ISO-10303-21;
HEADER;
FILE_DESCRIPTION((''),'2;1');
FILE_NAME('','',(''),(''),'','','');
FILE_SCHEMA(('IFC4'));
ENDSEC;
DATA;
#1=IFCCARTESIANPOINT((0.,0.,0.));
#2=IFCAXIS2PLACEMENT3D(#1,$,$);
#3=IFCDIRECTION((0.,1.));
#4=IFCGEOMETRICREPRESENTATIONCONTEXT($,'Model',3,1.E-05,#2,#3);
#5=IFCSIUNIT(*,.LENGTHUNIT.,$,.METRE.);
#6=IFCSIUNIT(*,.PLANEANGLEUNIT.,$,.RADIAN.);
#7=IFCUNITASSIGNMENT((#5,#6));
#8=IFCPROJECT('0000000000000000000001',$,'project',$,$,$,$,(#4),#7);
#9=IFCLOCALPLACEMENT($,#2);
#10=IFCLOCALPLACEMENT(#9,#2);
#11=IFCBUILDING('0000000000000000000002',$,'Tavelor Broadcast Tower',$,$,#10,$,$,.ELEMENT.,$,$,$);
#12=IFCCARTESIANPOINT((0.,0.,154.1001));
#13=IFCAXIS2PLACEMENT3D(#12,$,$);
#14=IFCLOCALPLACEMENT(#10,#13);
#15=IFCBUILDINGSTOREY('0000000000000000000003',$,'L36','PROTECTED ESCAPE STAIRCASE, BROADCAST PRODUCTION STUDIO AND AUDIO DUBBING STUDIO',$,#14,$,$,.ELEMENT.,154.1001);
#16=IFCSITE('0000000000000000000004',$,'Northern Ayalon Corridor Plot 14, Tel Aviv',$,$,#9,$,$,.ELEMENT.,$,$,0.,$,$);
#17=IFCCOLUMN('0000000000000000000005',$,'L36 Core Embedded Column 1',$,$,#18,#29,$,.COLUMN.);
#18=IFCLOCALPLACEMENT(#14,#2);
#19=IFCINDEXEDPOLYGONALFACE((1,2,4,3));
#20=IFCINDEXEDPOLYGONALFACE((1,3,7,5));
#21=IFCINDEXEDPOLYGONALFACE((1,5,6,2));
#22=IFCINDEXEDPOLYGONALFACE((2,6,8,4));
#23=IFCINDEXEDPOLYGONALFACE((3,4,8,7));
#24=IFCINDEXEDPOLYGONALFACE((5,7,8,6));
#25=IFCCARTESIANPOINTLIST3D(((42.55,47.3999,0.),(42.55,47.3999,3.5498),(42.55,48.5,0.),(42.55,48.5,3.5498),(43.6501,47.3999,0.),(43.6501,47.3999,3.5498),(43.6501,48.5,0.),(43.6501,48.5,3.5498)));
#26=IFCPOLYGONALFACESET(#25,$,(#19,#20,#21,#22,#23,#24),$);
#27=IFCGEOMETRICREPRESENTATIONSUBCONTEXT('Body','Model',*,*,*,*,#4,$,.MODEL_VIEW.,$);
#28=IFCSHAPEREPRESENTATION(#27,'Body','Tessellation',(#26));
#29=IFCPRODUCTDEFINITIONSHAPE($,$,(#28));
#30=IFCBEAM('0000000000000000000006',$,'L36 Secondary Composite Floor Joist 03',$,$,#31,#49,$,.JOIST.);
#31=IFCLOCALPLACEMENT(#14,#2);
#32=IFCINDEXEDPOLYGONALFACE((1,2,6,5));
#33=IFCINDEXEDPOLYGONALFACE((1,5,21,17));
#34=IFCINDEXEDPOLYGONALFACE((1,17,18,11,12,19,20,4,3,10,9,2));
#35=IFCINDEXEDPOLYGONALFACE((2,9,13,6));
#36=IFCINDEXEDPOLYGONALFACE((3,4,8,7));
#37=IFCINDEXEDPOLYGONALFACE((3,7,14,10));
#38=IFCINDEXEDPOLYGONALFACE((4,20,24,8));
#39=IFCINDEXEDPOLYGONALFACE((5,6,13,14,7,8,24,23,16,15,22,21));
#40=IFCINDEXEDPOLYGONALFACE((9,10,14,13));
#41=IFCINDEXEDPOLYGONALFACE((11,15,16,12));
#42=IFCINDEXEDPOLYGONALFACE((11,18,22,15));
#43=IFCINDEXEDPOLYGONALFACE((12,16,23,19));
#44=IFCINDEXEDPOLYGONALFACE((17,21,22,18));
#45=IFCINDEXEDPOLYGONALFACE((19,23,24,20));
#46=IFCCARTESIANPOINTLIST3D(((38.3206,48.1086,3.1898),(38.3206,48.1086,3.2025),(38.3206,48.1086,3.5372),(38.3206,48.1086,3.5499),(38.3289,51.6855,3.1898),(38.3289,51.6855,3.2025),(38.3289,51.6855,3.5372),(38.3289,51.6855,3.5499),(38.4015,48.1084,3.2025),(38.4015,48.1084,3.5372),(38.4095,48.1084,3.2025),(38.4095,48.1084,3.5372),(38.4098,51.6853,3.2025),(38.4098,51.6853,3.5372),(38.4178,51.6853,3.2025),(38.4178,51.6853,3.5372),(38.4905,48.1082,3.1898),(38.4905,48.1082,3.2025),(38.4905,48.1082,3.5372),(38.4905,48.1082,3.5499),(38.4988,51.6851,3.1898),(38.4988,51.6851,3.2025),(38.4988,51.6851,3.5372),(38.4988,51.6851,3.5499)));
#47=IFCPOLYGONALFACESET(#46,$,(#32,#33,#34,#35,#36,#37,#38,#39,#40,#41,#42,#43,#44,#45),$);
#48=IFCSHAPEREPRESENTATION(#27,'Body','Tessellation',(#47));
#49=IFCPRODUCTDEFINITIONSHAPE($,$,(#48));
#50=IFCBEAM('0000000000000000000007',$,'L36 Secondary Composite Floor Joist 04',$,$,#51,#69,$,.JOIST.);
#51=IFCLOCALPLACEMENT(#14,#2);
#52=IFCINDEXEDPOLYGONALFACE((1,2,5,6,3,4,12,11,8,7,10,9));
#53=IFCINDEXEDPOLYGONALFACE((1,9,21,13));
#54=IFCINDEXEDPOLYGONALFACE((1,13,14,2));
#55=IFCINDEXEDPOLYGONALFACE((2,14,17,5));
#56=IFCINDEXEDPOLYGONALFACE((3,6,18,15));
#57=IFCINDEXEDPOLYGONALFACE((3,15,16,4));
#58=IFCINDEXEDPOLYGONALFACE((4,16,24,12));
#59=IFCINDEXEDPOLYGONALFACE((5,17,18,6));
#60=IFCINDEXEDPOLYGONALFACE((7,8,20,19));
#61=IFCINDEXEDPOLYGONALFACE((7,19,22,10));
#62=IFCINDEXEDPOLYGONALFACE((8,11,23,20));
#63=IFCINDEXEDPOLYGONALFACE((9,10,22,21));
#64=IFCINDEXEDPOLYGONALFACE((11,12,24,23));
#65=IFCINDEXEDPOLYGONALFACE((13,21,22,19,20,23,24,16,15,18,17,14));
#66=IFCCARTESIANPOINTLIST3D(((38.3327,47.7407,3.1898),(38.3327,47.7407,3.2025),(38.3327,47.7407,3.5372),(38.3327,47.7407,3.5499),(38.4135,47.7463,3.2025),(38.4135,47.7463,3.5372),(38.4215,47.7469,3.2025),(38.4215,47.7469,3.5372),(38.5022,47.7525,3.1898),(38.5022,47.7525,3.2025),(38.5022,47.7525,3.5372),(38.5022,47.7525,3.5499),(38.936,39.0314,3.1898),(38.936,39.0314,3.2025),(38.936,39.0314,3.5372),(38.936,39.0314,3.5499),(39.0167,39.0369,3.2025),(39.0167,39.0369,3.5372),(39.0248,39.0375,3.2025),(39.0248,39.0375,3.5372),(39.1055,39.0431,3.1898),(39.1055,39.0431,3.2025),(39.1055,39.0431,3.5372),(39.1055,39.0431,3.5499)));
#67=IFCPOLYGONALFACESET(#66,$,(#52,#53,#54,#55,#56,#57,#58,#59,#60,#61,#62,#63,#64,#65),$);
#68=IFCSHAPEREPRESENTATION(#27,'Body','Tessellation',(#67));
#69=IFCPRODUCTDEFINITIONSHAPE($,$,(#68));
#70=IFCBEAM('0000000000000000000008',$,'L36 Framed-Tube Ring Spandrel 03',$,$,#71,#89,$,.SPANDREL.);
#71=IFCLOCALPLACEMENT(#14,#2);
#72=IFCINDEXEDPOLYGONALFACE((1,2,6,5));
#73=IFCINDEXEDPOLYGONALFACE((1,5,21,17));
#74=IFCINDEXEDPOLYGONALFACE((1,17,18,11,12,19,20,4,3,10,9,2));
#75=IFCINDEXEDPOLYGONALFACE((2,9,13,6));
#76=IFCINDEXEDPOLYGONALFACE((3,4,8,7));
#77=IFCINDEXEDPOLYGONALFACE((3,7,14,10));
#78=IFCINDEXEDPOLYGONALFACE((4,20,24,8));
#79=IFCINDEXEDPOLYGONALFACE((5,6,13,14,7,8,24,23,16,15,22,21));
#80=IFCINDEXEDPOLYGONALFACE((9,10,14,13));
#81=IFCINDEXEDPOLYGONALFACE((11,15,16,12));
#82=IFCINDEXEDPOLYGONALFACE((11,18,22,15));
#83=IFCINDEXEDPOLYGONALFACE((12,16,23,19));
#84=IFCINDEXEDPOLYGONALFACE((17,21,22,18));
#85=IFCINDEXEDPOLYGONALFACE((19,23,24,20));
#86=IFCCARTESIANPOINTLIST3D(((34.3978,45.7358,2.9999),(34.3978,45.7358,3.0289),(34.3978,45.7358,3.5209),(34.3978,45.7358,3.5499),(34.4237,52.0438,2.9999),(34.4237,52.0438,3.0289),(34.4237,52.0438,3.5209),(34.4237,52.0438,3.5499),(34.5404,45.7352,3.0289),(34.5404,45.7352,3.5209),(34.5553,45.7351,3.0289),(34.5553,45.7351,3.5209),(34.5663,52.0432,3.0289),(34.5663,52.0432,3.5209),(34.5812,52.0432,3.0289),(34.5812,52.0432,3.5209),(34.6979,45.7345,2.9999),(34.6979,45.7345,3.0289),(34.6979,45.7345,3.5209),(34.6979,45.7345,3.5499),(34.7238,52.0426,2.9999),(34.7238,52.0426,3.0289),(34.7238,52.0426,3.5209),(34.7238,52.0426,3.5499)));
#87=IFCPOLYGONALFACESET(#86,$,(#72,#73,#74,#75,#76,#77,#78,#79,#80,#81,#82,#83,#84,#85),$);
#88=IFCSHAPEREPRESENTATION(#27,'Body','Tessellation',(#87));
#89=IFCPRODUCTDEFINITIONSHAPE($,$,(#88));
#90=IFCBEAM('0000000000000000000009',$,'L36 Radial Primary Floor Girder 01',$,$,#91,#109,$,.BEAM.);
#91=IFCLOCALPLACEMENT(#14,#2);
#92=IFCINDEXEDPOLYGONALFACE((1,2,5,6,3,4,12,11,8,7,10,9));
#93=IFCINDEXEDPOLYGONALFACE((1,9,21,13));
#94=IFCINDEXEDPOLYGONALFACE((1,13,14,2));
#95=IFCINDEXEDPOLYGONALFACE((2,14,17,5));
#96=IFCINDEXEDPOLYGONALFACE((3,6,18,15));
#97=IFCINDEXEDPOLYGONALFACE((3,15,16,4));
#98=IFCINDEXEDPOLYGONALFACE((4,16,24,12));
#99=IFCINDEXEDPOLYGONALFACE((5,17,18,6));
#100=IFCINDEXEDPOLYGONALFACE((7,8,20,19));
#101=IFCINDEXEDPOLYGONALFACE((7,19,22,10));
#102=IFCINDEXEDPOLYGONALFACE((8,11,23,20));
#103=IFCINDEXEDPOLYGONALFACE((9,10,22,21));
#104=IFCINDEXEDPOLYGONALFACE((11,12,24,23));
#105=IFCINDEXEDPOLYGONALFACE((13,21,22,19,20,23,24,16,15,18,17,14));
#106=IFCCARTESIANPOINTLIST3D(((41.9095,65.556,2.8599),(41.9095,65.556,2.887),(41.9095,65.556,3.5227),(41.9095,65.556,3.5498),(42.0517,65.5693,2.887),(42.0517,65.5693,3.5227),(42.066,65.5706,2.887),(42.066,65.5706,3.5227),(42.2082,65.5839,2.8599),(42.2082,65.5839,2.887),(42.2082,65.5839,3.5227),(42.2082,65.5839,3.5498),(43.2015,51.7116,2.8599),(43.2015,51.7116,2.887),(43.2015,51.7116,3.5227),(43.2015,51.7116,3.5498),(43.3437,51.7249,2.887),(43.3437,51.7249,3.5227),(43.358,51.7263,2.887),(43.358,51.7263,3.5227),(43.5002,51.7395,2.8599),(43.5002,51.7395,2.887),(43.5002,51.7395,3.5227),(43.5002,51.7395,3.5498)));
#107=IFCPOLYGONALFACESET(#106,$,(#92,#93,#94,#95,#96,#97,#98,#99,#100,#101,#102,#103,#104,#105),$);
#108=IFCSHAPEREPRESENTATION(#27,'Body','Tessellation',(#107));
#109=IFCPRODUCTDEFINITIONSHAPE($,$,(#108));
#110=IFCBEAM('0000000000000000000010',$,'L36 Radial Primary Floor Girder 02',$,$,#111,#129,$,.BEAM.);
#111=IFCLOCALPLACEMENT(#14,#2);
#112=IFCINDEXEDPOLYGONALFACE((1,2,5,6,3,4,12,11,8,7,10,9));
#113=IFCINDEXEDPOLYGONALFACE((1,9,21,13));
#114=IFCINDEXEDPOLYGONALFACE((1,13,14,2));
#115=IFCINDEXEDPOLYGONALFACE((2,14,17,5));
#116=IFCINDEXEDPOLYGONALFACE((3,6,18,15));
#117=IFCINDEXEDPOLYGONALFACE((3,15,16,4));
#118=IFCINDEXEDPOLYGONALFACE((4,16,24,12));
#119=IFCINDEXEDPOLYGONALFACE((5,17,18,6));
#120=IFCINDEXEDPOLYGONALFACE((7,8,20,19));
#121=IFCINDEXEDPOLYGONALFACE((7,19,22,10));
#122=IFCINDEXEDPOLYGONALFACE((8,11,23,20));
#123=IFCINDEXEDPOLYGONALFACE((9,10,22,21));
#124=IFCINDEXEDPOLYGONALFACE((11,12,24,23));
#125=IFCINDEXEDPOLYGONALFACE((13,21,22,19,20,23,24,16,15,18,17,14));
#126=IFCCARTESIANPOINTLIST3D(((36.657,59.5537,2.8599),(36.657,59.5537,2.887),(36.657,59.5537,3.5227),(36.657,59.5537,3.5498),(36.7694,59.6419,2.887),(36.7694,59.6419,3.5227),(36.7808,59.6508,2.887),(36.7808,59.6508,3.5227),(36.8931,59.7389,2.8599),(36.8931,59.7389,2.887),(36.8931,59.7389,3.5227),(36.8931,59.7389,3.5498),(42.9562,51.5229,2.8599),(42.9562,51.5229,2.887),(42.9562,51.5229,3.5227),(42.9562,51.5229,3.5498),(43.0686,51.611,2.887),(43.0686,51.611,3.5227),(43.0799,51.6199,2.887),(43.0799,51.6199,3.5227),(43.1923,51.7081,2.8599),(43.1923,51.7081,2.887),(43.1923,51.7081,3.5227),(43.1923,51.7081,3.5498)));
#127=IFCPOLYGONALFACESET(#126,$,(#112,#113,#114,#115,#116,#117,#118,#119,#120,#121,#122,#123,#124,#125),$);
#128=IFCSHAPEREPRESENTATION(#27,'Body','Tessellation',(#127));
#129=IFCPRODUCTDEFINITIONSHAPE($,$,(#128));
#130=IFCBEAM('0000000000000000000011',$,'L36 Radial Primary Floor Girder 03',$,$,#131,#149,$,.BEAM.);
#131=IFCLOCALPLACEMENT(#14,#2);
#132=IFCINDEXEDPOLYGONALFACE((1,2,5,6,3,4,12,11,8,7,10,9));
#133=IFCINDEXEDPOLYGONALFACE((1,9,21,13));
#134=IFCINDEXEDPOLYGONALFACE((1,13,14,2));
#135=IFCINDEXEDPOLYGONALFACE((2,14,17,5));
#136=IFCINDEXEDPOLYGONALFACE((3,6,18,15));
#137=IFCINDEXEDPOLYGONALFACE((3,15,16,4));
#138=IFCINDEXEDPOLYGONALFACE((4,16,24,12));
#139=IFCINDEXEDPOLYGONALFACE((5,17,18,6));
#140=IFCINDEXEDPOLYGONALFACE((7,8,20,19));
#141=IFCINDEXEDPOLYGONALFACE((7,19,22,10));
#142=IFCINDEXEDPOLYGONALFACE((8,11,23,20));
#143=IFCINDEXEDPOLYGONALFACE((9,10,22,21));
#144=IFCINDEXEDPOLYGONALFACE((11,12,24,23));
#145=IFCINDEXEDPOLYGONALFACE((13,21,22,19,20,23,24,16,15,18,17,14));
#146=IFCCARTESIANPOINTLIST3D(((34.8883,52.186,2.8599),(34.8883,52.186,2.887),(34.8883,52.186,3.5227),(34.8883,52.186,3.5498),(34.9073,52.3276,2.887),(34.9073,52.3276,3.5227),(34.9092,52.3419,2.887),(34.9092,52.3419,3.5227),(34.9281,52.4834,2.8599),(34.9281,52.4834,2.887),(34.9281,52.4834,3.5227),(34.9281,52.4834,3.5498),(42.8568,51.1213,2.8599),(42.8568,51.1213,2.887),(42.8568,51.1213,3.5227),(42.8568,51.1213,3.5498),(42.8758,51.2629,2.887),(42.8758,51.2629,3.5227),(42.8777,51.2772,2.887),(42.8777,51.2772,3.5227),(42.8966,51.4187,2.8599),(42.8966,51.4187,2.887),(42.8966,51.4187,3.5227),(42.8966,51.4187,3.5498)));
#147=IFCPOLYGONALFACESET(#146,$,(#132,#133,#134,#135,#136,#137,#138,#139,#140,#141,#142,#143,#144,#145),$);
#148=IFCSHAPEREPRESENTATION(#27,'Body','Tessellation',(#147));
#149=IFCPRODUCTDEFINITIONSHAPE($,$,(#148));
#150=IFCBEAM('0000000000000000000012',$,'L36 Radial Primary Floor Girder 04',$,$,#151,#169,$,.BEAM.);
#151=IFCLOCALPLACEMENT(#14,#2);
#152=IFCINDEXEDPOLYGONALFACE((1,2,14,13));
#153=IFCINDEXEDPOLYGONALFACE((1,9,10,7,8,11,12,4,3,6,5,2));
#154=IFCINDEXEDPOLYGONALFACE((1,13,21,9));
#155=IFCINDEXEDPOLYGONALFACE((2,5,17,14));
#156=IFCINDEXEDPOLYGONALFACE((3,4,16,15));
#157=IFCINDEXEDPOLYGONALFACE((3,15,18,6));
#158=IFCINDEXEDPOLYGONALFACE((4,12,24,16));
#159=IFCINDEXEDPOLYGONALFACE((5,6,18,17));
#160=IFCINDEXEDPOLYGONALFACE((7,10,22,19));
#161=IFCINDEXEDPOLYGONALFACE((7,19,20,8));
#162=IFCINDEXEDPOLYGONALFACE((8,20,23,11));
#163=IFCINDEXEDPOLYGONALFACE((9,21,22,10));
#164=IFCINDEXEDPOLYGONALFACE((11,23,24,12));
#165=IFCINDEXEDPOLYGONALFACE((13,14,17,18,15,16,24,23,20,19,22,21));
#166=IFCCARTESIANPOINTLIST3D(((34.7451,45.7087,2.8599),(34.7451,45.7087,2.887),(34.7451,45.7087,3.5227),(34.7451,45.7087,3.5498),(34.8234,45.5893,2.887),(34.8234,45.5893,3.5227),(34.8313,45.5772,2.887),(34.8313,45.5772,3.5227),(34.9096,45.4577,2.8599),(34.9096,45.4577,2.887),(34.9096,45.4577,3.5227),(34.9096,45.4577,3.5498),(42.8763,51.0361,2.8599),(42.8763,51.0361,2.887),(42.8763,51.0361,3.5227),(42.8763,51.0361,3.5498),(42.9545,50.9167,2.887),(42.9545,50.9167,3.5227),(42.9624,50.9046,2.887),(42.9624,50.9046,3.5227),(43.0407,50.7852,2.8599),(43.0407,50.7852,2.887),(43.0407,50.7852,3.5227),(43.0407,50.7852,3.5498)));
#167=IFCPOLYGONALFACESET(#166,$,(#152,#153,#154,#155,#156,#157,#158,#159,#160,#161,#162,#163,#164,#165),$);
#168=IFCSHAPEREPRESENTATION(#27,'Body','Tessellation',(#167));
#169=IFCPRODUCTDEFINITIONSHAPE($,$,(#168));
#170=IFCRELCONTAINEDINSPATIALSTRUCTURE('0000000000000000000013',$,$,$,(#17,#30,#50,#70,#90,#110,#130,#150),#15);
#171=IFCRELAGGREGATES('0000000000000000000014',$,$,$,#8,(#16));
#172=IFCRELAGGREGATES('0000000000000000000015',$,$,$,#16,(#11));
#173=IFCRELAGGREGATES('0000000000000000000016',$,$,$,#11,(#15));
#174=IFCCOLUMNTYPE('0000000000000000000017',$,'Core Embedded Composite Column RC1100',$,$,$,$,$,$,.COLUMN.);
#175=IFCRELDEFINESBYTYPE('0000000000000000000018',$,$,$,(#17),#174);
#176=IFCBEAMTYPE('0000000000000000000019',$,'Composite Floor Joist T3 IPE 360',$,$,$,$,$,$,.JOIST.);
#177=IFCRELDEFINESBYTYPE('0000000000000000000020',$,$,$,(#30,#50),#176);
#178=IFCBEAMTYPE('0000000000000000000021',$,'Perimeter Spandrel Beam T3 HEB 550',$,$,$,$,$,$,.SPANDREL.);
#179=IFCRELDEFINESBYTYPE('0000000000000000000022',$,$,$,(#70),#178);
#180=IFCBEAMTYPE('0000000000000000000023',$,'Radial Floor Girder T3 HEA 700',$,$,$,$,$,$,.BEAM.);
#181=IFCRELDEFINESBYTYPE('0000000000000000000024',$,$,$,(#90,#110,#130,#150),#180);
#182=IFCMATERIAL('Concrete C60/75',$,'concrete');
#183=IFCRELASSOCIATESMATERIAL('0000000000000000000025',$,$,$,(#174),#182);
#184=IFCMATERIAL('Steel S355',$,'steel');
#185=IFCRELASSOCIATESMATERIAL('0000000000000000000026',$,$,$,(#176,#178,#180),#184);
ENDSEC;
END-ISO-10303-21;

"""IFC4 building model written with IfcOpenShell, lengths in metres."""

from ifc_helpers import new_model, si_unit, direction, frame, origin, origin_2d, place, context, subcontext, project, spatial, rectangle, i_section, extrude, material, material_profile, profile_set, type_object, element, save


model = new_model("IFC4")

# Units and contexts
model_context = context("Model", 3, precision=1e-05, world=origin(), true_north=direction((0.0, 1.0)))
body_context = subcontext(model_context, "Body", "Model", "MODEL_VIEW")
ifc_project = project(units=[si_unit("LENGTHUNIT", "METRE"), si_unit("PLANEANGLEUNIT", "RADIAN")], contexts=[model_context])

# Site, building, storey
site_placement = place(None, origin())
site = spatial("IfcSite", under=ifc_project, at=site_placement, Name="Northern Ayalon Corridor Plot 14, Tel Aviv", CompositionType="ELEMENT", RefElevation=0.0)
building_placement = place(site_placement, origin())
building = spatial("IfcBuilding", under=site, at=building_placement, Name="Tavelor Broadcast Tower", CompositionType="ELEMENT")
storey_placement = place(building_placement, frame((0.0, 0.0, 154.1001)))
storey = spatial("IfcBuildingStorey", under=building, at=storey_placement, Name="L36", Description="PROTECTED ESCAPE STAIRCASE, BROADCAST PRODUCTION STUDIO AND AUDIO DUBBING STUDIO", CompositionType="ELEMENT", Elevation=154.1001)

# Column
ifc_material_1 = material(Name="Concrete C60/75", Category="concrete")
ifc_material_profile_1 = material_profile(ifc_material_1, rectangle(XDim=1.1001, YDim=1.1001, at=origin_2d()), Name="RC 1100x1100")
ifc_profile_set_1 = profile_set([ifc_material_profile_1], Name="Concrete C60/75")
column_type = type_object("IfcColumnType", Name="Core Embedded Composite Column RC1100", PredefinedType="COLUMN", material=ifc_profile_set_1)
column_placement = place(storey_placement, frame((43.1001, 47.95, 0.0), z_axis=(0.0, 0.0, 1.0), x_axis=(1.0, 0.0, 0.0)))
element("IfcColumn", 1, at=column_placement, inside=storey, type_object=column_type, Name="L36 Core Embedded Column 1", PredefinedType="COLUMN", context=body_context, shape_type="SweptSolid", body=[
    extrude(rectangle(XDim=1.1001, YDim=1.1001, at=origin_2d()), origin(), (0.0, 0.0, 1.0), 3.5498),
])

# Beams
ifc_material_2 = material(Name="Steel S355", Category="steel")
ifc_material_profile_2 = material_profile(ifc_material_2, i_section(OverallWidth=0.1699, OverallDepth=0.3601, WebThickness=0.0081, FlangeThickness=0.0127, at=origin_2d()), Name="IPE 360")
ifc_profile_set_2 = profile_set([ifc_material_profile_2], Name="Steel S355")
beam_type_1 = type_object("IfcBeamType", Name="Composite Floor Joist T3 IPE 360", PredefinedType="JOIST", material=ifc_profile_set_2)
beam_1_placement = place(storey_placement, frame((38.4138, 51.6853, 3.3699), z_axis=(-0.002321, -0.999997, 0.0), x_axis=(0.999997, -0.002321, 0.0)))
element("IfcBeam", 2, at=beam_1_placement, inside=storey, type_object=beam_type_1, Name="L36 Secondary Composite Floor Joist 03", PredefinedType="JOIST", context=body_context, shape_type="SweptSolid", body=[
    extrude(i_section(OverallWidth=0.1699, OverallDepth=0.3601, WebThickness=0.0081, FlangeThickness=0.0127, at=origin_2d()), origin(), (0.0, 0.0, 1.0), 3.5769),
])
beam_2_placement = place(storey_placement, frame((38.4175, 47.7466, 3.3699), z_axis=(0.069101, -0.99761, 0.0), x_axis=(0.99761, 0.069101, 0.0)))
element("IfcBeam", 3, at=beam_2_placement, inside=storey, type_object=beam_type_1, Name="L36 Secondary Composite Floor Joist 04", PredefinedType="JOIST", context=body_context, shape_type="SweptSolid", body=[
    extrude(i_section(OverallWidth=0.1699, OverallDepth=0.3601, WebThickness=0.0081, FlangeThickness=0.0127, at=origin_2d()), origin(), (0.0, 0.0, 1.0), 8.7302),
])
ifc_material_profile_3 = material_profile(ifc_material_2, i_section(OverallWidth=0.3, OverallDepth=0.55, WebThickness=0.0149, FlangeThickness=0.0291, at=origin_2d()), Name="HEB 550")
ifc_profile_set_3 = profile_set([ifc_material_profile_3], Name="Steel S355")
beam_type_2 = type_object("IfcBeamType", Name="Perimeter Spandrel Beam T3 HEB 550", PredefinedType="SPANDREL", material=ifc_profile_set_3)
beam_3_placement = place(storey_placement, frame((34.5737, 52.0432, 3.2749), z_axis=(-0.004102, -0.999992, 0.0), x_axis=(0.999992, -0.004102, 0.0)))
element("IfcBeam", 4, at=beam_3_placement, inside=storey, type_object=beam_type_2, Name="L36 Framed-Tube Ring Spandrel 03", PredefinedType="SPANDREL", context=body_context, shape_type="SweptSolid", body=[
    extrude(i_section(OverallWidth=0.3, OverallDepth=0.55, WebThickness=0.0149, FlangeThickness=0.0291, at=origin_2d()), origin(), (0.0, 0.0, 1.0), 6.3081),
])
ifc_material_profile_4 = material_profile(ifc_material_2, i_section(OverallWidth=0.3, OverallDepth=0.6899, WebThickness=0.0144, FlangeThickness=0.0271, at=origin_2d()), Name="HEA 700")
ifc_profile_set_4 = profile_set([ifc_material_profile_4], Name="Steel S355")
beam_type_3 = type_object("IfcBeamType", Name="Radial Floor Girder T3 HEA 700", PredefinedType="BEAM", material=ifc_profile_set_4)
beam_4_placement = place(storey_placement, frame((43.3508, 51.7256, 3.2048), z_axis=(-0.092918, 0.995674, 0.0), x_axis=(-0.995674, -0.092918, 0.0)))
element("IfcBeam", 5, at=beam_4_placement, inside=storey, type_object=beam_type_3, Name="L36 Radial Primary Floor Girder 01", PredefinedType="BEAM", context=body_context, shape_type="SweptSolid", body=[
    extrude(i_section(OverallWidth=0.3, OverallDepth=0.6899, WebThickness=0.0144, FlangeThickness=0.0271, at=origin_2d()), origin(), (0.0, 0.0, 1.0), 13.9045),
])
beam_5_placement = place(storey_placement, frame((43.0742, 51.6155, 3.2048), z_axis=(-0.617166, 0.786833, 0.0), x_axis=(-0.786833, -0.617166, 0.0)))
element("IfcBeam", 6, at=beam_5_placement, inside=storey, type_object=beam_type_3, Name="L36 Radial Primary Floor Girder 02", PredefinedType="BEAM", context=body_context, shape_type="SweptSolid", body=[
    extrude(i_section(OverallWidth=0.3, OverallDepth=0.6899, WebThickness=0.0144, FlangeThickness=0.0271, at=origin_2d()), origin(), (0.0, 0.0, 1.0), 10.2065),
])
beam_6_placement = place(storey_placement, frame((42.8767, 51.27, 3.2048), z_axis=(-0.991192, 0.132436, 0.0), x_axis=(-0.132436, -0.991192, 0.0)))
element("IfcBeam", 7, at=beam_6_placement, inside=storey, type_object=beam_type_3, Name="L36 Radial Primary Floor Girder 03", PredefinedType="BEAM", context=body_context, shape_type="SweptSolid", body=[
    extrude(i_section(OverallWidth=0.3, OverallDepth=0.6899, WebThickness=0.0144, FlangeThickness=0.0271, at=origin_2d()), origin(), (0.0, 0.0, 1.0), 8.0393),
])
beam_7_placement = place(storey_placement, frame((42.9585, 50.9106, 3.2048), z_axis=(-0.836456, -0.548035, 0.0), x_axis=(0.548035, -0.836456, 0.0)))
element("IfcBeam", 8, at=beam_7_placement, inside=storey, type_object=beam_type_3, Name="L36 Radial Primary Floor Girder 04", PredefinedType="BEAM", context=body_context, shape_type="SweptSolid", body=[
    extrude(i_section(OverallWidth=0.3, OverallDepth=0.6899, WebThickness=0.0144, FlangeThickness=0.0271, at=origin_2d()), origin(), (0.0, 0.0, 1.0), 9.7209),
])

save(model, "model.ifc")
